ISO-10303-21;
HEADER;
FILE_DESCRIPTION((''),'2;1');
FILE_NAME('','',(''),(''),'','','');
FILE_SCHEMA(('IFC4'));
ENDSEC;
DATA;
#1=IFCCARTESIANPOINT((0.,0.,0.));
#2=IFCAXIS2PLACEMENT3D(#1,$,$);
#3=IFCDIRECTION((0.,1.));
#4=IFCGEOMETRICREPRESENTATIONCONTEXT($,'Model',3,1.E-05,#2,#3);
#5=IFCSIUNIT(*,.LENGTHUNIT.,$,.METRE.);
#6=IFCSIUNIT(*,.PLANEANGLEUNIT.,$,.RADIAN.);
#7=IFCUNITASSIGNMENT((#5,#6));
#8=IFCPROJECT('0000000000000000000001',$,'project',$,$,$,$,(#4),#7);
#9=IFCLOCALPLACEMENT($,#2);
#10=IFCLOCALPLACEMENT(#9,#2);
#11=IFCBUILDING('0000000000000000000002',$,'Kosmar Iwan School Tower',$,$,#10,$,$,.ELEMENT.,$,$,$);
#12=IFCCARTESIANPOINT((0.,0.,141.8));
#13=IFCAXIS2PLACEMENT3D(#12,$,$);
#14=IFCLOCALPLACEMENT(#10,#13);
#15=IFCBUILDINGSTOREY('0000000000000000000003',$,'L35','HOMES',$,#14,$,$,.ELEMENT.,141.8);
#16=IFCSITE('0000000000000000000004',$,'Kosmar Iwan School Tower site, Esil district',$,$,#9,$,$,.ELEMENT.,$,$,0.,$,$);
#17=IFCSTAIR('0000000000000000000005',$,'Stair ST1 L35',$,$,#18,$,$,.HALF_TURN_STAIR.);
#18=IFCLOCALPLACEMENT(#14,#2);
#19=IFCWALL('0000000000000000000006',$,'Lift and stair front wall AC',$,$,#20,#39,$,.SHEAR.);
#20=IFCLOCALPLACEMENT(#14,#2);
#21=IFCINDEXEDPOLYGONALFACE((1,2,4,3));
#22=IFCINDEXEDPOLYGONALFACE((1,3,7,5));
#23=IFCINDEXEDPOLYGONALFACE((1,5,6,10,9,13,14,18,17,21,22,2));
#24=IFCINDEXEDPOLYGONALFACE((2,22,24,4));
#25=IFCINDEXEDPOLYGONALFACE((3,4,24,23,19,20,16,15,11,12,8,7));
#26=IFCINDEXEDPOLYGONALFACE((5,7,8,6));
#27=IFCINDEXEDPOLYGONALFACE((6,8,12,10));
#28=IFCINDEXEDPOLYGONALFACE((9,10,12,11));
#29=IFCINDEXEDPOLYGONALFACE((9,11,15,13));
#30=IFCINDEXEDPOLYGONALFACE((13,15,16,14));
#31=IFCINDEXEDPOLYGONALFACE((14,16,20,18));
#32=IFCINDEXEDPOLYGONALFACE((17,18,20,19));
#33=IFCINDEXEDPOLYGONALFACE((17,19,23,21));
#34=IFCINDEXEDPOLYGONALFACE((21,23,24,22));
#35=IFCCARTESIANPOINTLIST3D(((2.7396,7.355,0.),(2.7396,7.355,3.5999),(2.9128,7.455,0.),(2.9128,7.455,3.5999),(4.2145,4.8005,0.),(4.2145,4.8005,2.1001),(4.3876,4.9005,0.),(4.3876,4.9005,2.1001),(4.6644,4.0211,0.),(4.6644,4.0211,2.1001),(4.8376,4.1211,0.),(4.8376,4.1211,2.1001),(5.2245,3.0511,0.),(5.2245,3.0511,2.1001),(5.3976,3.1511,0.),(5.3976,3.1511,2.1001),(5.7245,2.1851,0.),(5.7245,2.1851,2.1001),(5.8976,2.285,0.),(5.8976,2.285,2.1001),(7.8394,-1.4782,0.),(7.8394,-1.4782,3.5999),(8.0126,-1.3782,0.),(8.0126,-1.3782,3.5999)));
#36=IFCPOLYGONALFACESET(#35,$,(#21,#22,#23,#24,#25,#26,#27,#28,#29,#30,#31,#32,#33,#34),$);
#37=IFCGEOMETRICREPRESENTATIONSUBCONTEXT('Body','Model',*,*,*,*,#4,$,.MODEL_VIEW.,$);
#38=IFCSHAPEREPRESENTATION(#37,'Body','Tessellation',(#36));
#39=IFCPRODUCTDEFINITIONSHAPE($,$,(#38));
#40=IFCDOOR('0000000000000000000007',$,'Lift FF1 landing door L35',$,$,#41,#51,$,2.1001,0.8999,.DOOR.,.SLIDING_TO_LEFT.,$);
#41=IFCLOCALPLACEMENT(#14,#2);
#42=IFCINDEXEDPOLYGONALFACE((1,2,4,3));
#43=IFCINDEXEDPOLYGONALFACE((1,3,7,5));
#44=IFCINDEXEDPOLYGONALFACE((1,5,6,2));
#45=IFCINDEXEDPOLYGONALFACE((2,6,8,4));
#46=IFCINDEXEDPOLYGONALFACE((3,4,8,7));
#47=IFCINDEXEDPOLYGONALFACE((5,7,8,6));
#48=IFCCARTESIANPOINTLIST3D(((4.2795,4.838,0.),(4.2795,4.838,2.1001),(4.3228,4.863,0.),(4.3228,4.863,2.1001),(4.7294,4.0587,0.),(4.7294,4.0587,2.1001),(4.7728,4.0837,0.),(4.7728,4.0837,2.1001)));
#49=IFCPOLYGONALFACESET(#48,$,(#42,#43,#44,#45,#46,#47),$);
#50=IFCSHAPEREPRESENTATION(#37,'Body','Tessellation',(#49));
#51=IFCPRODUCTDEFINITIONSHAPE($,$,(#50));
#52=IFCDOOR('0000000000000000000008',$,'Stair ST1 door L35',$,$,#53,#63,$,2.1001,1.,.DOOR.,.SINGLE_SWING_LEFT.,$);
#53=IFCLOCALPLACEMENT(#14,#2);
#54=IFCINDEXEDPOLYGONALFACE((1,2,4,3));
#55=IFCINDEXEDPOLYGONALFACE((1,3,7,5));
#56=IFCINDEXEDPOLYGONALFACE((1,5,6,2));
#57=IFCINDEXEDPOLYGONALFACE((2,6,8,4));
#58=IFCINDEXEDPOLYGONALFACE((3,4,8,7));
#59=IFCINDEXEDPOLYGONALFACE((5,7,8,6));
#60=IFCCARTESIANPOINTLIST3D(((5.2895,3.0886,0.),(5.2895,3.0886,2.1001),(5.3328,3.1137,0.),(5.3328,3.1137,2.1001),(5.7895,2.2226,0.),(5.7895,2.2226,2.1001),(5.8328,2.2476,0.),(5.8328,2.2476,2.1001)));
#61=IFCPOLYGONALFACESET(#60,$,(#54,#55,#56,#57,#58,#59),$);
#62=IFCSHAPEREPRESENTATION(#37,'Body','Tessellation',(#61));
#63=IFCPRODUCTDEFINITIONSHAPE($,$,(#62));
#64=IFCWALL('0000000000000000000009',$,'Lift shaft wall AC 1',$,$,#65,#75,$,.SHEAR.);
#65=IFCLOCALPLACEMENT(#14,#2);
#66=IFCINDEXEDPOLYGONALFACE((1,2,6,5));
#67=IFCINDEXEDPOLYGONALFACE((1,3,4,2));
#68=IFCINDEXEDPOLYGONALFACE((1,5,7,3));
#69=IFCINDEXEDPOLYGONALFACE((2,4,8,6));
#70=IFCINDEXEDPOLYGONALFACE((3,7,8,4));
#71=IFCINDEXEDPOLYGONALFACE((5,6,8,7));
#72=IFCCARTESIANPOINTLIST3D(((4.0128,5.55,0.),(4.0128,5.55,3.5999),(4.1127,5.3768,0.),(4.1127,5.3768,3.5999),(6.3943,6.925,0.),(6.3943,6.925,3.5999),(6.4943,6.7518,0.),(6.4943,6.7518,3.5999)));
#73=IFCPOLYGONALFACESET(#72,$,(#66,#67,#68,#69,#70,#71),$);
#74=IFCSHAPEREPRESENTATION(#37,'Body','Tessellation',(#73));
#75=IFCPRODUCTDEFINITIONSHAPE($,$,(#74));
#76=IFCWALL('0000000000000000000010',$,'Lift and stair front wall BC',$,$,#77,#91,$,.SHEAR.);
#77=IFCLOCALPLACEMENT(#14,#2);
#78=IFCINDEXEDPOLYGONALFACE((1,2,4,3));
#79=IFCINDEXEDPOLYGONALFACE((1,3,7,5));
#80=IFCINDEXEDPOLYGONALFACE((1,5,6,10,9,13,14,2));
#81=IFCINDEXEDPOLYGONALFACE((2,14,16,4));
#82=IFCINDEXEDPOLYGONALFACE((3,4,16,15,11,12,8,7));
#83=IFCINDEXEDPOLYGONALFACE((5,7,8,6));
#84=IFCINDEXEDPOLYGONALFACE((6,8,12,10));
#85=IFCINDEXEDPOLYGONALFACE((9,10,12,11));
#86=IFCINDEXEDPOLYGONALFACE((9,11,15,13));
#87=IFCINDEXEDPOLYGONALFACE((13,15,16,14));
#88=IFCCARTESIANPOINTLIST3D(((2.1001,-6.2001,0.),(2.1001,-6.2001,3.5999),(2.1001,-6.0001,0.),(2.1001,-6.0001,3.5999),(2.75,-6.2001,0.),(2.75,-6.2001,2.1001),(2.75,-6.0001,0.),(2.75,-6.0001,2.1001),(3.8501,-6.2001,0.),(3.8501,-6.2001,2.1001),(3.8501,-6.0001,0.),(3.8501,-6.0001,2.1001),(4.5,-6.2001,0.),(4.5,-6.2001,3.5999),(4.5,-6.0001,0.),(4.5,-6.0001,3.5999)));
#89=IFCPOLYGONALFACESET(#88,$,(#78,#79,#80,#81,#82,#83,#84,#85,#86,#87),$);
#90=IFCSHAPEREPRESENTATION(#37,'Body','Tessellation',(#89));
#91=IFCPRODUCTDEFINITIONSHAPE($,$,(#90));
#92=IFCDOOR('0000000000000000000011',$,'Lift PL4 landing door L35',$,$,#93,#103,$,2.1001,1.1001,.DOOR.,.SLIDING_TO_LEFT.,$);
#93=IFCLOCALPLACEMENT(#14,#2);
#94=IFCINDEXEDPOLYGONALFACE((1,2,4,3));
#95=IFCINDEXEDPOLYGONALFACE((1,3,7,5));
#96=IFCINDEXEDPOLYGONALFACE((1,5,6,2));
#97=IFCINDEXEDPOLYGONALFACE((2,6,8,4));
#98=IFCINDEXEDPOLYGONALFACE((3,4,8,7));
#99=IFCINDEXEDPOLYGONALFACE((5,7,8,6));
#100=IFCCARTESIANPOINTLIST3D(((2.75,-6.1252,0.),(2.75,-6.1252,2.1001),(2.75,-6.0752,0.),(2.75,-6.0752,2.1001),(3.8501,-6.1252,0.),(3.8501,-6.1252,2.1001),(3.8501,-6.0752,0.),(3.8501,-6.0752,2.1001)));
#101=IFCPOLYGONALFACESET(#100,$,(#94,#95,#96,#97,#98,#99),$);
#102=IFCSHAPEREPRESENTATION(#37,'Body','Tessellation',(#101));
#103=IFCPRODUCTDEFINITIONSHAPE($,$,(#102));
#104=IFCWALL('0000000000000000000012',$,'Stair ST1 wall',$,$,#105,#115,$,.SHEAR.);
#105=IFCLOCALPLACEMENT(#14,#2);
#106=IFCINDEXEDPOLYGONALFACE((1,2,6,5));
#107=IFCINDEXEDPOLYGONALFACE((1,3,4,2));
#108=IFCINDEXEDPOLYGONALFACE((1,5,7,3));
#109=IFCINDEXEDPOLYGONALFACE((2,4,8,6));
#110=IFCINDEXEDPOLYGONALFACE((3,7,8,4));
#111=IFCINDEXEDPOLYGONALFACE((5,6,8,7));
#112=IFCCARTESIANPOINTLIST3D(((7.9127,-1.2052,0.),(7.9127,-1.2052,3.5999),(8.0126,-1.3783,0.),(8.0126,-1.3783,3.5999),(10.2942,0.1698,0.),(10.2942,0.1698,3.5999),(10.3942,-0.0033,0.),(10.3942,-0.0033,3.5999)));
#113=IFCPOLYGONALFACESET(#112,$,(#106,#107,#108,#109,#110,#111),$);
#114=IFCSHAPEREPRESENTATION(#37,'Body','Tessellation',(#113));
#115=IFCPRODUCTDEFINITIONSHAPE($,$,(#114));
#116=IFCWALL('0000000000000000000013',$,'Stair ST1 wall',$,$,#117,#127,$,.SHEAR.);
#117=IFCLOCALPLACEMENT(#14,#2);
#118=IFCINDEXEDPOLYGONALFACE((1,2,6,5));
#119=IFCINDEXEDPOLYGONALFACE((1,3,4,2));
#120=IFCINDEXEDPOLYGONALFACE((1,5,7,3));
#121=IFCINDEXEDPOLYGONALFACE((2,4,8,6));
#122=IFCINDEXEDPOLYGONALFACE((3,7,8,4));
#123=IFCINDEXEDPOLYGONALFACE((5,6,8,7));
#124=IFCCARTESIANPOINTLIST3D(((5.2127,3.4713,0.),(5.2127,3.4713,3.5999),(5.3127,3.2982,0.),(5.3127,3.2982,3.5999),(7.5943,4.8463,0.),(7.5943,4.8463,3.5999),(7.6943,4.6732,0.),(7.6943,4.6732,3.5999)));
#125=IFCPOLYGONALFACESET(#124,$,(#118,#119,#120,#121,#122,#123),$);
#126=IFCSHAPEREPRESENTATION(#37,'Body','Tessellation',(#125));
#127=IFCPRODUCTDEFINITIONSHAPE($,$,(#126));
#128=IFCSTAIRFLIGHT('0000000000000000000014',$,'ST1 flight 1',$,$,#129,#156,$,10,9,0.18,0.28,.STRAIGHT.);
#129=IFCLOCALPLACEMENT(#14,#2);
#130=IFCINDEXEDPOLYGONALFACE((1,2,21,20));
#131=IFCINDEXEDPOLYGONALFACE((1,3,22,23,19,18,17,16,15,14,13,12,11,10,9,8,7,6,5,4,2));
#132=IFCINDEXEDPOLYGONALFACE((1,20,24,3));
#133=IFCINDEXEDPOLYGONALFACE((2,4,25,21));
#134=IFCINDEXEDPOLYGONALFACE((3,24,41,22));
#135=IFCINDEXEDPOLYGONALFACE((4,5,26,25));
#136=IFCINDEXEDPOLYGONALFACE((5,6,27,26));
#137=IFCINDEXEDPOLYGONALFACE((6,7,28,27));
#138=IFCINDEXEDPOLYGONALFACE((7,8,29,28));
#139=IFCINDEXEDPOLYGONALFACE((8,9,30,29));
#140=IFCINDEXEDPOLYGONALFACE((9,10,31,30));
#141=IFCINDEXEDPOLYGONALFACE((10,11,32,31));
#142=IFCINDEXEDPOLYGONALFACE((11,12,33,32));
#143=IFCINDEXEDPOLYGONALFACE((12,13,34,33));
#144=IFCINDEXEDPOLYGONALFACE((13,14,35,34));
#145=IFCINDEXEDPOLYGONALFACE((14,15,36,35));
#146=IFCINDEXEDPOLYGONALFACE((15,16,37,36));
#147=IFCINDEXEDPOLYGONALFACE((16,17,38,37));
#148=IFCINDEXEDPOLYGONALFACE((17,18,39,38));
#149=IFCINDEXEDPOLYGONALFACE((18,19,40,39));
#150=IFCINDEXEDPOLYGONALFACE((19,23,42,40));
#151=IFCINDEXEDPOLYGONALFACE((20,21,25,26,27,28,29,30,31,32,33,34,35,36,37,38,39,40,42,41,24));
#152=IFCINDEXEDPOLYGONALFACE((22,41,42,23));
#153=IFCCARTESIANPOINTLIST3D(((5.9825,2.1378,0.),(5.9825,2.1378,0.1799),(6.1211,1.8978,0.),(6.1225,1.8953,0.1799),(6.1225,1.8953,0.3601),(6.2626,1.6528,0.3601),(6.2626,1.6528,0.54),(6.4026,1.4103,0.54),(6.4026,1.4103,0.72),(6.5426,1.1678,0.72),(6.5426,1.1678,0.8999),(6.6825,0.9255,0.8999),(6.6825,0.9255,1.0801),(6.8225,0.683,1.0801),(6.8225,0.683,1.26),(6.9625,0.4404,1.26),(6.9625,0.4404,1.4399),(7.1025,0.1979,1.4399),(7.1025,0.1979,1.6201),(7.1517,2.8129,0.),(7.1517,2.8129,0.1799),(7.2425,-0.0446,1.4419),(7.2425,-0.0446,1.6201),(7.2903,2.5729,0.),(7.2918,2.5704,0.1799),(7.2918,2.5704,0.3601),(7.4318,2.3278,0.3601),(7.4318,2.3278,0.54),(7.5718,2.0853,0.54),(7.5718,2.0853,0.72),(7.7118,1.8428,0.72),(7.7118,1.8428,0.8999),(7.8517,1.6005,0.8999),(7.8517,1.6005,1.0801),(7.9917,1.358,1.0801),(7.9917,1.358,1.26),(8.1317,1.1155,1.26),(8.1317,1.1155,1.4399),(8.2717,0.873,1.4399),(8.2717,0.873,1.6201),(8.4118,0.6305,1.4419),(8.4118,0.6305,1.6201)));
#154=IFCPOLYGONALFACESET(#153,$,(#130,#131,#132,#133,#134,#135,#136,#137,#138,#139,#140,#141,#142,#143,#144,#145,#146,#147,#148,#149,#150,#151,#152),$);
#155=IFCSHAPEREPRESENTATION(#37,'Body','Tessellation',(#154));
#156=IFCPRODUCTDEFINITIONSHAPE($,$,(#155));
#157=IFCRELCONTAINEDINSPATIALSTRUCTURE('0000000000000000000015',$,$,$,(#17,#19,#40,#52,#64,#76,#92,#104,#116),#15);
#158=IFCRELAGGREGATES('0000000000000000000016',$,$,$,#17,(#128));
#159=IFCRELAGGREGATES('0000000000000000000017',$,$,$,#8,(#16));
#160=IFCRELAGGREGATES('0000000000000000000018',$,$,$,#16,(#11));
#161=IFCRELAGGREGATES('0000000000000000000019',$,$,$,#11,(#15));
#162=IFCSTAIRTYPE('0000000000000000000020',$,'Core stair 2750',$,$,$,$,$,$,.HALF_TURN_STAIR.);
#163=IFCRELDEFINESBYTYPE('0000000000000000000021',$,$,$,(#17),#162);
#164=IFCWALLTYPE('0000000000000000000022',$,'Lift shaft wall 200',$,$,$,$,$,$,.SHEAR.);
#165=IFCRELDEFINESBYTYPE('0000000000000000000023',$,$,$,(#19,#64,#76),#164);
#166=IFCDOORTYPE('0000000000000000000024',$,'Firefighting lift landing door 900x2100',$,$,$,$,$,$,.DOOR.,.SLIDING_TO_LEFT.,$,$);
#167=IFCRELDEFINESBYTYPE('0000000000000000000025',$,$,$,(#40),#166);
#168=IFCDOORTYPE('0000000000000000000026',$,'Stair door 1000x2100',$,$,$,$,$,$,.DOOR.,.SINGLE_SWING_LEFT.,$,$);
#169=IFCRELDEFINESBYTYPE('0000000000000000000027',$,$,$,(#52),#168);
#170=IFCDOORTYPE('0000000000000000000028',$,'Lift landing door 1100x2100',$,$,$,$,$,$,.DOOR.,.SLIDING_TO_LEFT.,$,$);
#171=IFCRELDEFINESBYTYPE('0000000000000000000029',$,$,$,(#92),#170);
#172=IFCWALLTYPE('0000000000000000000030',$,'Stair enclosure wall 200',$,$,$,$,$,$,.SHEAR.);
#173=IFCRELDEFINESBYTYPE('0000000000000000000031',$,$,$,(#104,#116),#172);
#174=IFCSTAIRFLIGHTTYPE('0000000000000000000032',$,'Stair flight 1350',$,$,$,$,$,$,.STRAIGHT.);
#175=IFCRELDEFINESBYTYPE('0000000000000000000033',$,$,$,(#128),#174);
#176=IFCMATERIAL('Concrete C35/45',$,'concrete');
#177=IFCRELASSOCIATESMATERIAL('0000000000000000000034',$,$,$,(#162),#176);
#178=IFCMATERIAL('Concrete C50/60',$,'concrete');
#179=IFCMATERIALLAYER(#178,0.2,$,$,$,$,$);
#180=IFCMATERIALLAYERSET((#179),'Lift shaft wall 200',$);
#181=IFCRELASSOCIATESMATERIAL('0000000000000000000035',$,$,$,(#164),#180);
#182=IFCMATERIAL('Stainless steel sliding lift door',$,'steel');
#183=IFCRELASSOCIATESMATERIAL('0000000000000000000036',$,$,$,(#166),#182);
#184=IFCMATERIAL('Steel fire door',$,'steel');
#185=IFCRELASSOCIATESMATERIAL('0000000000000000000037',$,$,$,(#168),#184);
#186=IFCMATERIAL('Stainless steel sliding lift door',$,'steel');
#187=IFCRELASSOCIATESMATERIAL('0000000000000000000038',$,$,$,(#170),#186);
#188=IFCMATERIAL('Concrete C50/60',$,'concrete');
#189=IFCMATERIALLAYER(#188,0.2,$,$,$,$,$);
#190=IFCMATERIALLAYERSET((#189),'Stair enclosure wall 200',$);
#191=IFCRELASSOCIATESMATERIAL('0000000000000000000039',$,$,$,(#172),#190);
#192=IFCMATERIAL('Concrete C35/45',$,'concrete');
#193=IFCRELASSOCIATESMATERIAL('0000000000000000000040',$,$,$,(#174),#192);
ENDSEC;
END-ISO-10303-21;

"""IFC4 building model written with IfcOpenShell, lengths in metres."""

from ifc_helpers import new_model, si_unit, direction, frame, frame_2d, origin, place, context, subcontext, project, spatial, polyline, rectangle, outline, extrude, material, layer, layer_set, type_object, element, fill, aggregate, save


model = new_model("IFC4")

# Units and contexts
model_context = context("Model", 3, precision=1e-05, world=origin(), true_north=direction((0.0, 1.0)))
body_context = subcontext(model_context, "Body", "Model", "MODEL_VIEW")
ifc_project = project(units=[si_unit("LENGTHUNIT", "METRE"), si_unit("PLANEANGLEUNIT", "RADIAN")], contexts=[model_context])

# Site, building, storey
site_placement = place(None, origin())
site = spatial("IfcSite", under=ifc_project, at=site_placement, Name="Kosmar Iwan School Tower site, Esil district", CompositionType="ELEMENT", RefElevation=0.0)
building_placement = place(site_placement, origin())
building = spatial("IfcBuilding", under=site, at=building_placement, Name="Kosmar Iwan School Tower", CompositionType="ELEMENT")
storey_placement = place(building_placement, frame((0.0, 0.0, 141.8)))
storey = spatial("IfcBuildingStorey", under=building, at=storey_placement, Name="L35", Description="HOMES", CompositionType="ELEMENT", Elevation=141.8)

# Stair
ifc_material_1 = material(Name="Concrete C35/45", Category="concrete")
stair_type_1 = type_object("IfcStairType", Name="Core stair 2750", PredefinedType="HALF_TURN_STAIR", material=ifc_material_1)
stair_1_placement = place(storey_placement, origin())
stair_1 = element("IfcStair", 1, at=stair_1_placement, inside=storey, type_object=stair_type_1, Name="Stair ST1 L35", PredefinedType="HALF_TURN_STAIR")

# Wall, openings, doors
ifc_material_2 = material(Name="Concrete C50/60", Category="concrete")
ifc_layer_1 = layer(ifc_material_2, 0.2)
ifc_layer_set_1 = layer_set([ifc_layer_1], Name="Lift shaft wall 200")
wall_type_1 = type_object("IfcWallType", Name="Lift shaft wall 200", PredefinedType="SHEAR", material=ifc_layer_set_1)
wall_1_placement = place(storey_placement, frame((7.926, -1.4282, 0.0), z_axis=(0.0, 0.0, 1.0), x_axis=(-0.499998, 0.866027, 0.0)))
wall_1 = element("IfcWall", 2, at=wall_1_placement, inside=storey, type_object=wall_type_1, Name="Lift and stair front wall AC", PredefinedType="SHEAR", context=body_context, shape_type="SweptSolid", body=[
    extrude(rectangle(XDim=10.1997, YDim=0.2, at=frame_2d((5.0999, 0.0))), origin(), (0.0, 0.0, 1.0), 3.5999),
])
opening_1_placement = place(wall_1_placement, frame((6.3501, 0.0, 0.0)))
opening_1 = element("IfcOpeningElement", 3, at=opening_1_placement, cuts=wall_1, PredefinedType="OPENING", context=body_context, shape_type="SweptSolid", body=[
    extrude(rectangle(XDim=0.8999, YDim=2.1001, at=frame_2d((0.45, 1.05))), frame((0.0, 0.1121, 0.0), z_axis=(0.0, -1.0, 0.0), x_axis=(1.0, 0.0, 0.0)), (0.0, 0.0, 1.0), 0.2239),
])
opening_2_placement = place(wall_1_placement, frame((4.23, 0.0, 0.0)))
opening_2 = element("IfcOpeningElement", 4, at=opening_2_placement, cuts=wall_1, PredefinedType="OPENING", context=body_context, shape_type="SweptSolid", body=[
    extrude(rectangle(XDim=1.0, YDim=2.1001, at=frame_2d((0.5, 1.05))), frame((0.0, 0.1121, 0.0), z_axis=(0.0, -1.0, 0.0), x_axis=(1.0, 0.0, 0.0)), (0.0, 0.0, 1.0), 0.2239),
])
ifc_material_3 = material(Name="Stainless steel sliding lift door", Category="steel")
door_type_1 = type_object("IfcDoorType", Name="Firefighting lift landing door 900x2100", OperationType="SLIDING_TO_LEFT", PredefinedType="DOOR", material=ifc_material_3)
door_1_placement = place(opening_1_placement, origin())
door_1 = element("IfcDoor", 5, at=door_1_placement, inside=storey, type_object=door_type_1, Name="Lift FF1 landing door L35", OperationType="SLIDING_TO_LEFT", OverallHeight=2.1001, OverallWidth=0.8999, PredefinedType="DOOR", context=body_context, shape_type="SweptSolid", body=[
    extrude(rectangle(XDim=0.8999, YDim=2.1001, at=frame_2d((0.45, 1.05))), frame((0.0, 0.0249, 0.0), z_axis=(0.0, -1.0, 0.0), x_axis=(1.0, 0.0, 0.0)), (0.0, 0.0, 1.0), 0.05),
])
fill(opening_1, door_1)
ifc_material_4 = material(Name="Steel fire door", Category="steel")
door_type_2 = type_object("IfcDoorType", Name="Stair door 1000x2100", OperationType="SINGLE_SWING_LEFT", PredefinedType="DOOR", material=ifc_material_4)
door_2_placement = place(opening_2_placement, origin())
door_2 = element("IfcDoor", 6, at=door_2_placement, inside=storey, type_object=door_type_2, Name="Stair ST1 door L35", OperationType="SINGLE_SWING_LEFT", OverallHeight=2.1001, OverallWidth=1.0, PredefinedType="DOOR", context=body_context, shape_type="SweptSolid", body=[
    extrude(rectangle(XDim=1.0, YDim=2.1001, at=frame_2d((0.5, 1.05))), frame((0.0, 0.0249, 0.0), z_axis=(0.0, -1.0, 0.0), x_axis=(1.0, 0.0, 0.0)), (0.0, 0.0, 1.0), 0.05),
])
fill(opening_2, door_2)

# Wall
wall_2_placement = place(storey_placement, frame((4.0627, 5.4634, 0.0), z_axis=(0.0, 0.0, 1.0), x_axis=(0.866027, 0.499997, 0.0)))
element("IfcWall", 7, at=wall_2_placement, inside=storey, type_object=wall_type_1, Name="Lift shaft wall AC 1", PredefinedType="SHEAR", context=body_context, shape_type="SweptSolid", body=[
    extrude(rectangle(XDim=2.75, YDim=0.2, at=frame_2d((1.375, 0.0))), origin(), (0.0, 0.0, 1.0), 3.5999),
])

# Wall, opening, door
wall_3_placement = place(storey_placement, frame((2.1001, -6.1001, 0.0), z_axis=(0.0, 0.0, 1.0), x_axis=(1.0, 0.0, 0.0)))
wall_3 = element("IfcWall", 8, at=wall_3_placement, inside=storey, type_object=wall_type_1, Name="Lift and stair front wall BC", PredefinedType="SHEAR", context=body_context, shape_type="SweptSolid", body=[
    extrude(rectangle(XDim=2.3999, YDim=0.2, at=frame_2d((1.2, 0.0))), origin(), (0.0, 0.0, 1.0), 3.5999),
])
opening_3_placement = place(wall_3_placement, frame((0.6499, 0.0, 0.0)))
opening_3 = element("IfcOpeningElement", 9, at=opening_3_placement, cuts=wall_3, PredefinedType="OPENING", context=body_context, shape_type="SweptSolid", body=[
    extrude(rectangle(XDim=1.1001, YDim=2.1001, at=frame_2d((0.55, 1.05))), frame((0.0, 0.1121, 0.0), z_axis=(0.0, -1.0, 0.0), x_axis=(1.0, 0.0, 0.0)), (0.0, 0.0, 1.0), 0.2239),
])
ifc_material_5 = material(Name="Stainless steel sliding lift door", Category="steel")
door_type_3 = type_object("IfcDoorType", Name="Lift landing door 1100x2100", OperationType="SLIDING_TO_LEFT", PredefinedType="DOOR", material=ifc_material_5)
door_3_placement = place(opening_3_placement, origin())
door_3 = element("IfcDoor", 10, at=door_3_placement, inside=storey, type_object=door_type_3, Name="Lift PL4 landing door L35", OperationType="SLIDING_TO_LEFT", OverallHeight=2.1001, OverallWidth=1.1001, PredefinedType="DOOR", context=body_context, shape_type="SweptSolid", body=[
    extrude(rectangle(XDim=1.1001, YDim=2.1001, at=frame_2d((0.55, 1.05))), frame((0.0, 0.0249, 0.0), z_axis=(0.0, -1.0, 0.0), x_axis=(1.0, 0.0, 0.0)), (0.0, 0.0, 1.0), 0.05),
])
fill(opening_3, door_3)

# Walls
ifc_material_6 = material(Name="Concrete C50/60", Category="concrete")
ifc_layer_2 = layer(ifc_material_6, 0.2)
ifc_layer_set_2 = layer_set([ifc_layer_2], Name="Stair enclosure wall 200")
wall_type_2 = type_object("IfcWallType", Name="Stair enclosure wall 200", PredefinedType="SHEAR", material=ifc_layer_set_2)
for number, where, z_axis, x_axis, name in (
    (11, (7.9626, -1.2917, 0.0), (0.0, 0.0, 1.0), (0.866027, 0.499997, 0.0), "Stair ST1 wall"),
    (12, (5.2627, 3.3848, 0.0), (0.0, 0.0, 1.0), (0.866027, 0.499997, 0.0), "Stair ST1 wall"),
):
    element("IfcWall", number, at=place(storey_placement, frame(where, z_axis=z_axis, x_axis=x_axis)), inside=storey, type_object=wall_type_2, Name=name, PredefinedType="SHEAR", context=body_context, shape_type="SweptSolid", body=[
        extrude(rectangle(XDim=2.75, YDim=0.2, at=frame_2d((1.375, 0.0))), origin(), (0.0, 0.0, 1.0), 3.5999),
    ])

# Stair flight
ifc_material_7 = material(Name="Concrete C35/45", Category="concrete")
stair_flight_type = type_object("IfcStairFlightType", Name="Stair flight 1350", PredefinedType="STRAIGHT", material=ifc_material_7)
stair_flight_1_placement = place(storey_placement, frame((6.5671, 2.4753, 0.0), z_axis=(0.0, 0.0, 1.0), x_axis=(0.5, -0.866025, 0.0)))
stair_flight_1 = element("IfcStairFlight", 13, at=stair_flight_1_placement, type_object=stair_flight_type, Name="ST1 flight 1", NumberOfRisers=10, NumberOfTreads=9, PredefinedType="STRAIGHT", RiserHeight=0.18, TreadLength=0.28, context=body_context, shape_type="SweptSolid", body=[
    extrude(outline(polyline([(0.0, 0.0), (0.0, 0.1799), (0.28, 0.1799), (0.28, 0.3601), (0.5601, 0.3601), (0.5601, 0.54), (0.8401, 0.54), (0.8401, 0.72), (1.1201, 0.72), (1.1201, 0.8999), (1.3999, 0.8999), (1.3999, 1.0801), (1.6799, 1.0801), (1.6799, 1.26), (1.96, 1.26), (1.96, 1.4399), (2.24, 1.4399), (2.24, 1.6201), (2.52, 1.6201), (2.52, 1.8), (2.52, 1.4419), (0.2771, 0.0), (0.0, 0.0)])), frame((0.0, 0.675, 0.0), z_axis=(0.0, -1.0, 0.0), x_axis=(1.0, 0.0, 0.0)), (0.0, 0.0, 1.0), 1.3501),
])
aggregate(stair_1, [stair_flight_1])

save(model, "model.ifc")
